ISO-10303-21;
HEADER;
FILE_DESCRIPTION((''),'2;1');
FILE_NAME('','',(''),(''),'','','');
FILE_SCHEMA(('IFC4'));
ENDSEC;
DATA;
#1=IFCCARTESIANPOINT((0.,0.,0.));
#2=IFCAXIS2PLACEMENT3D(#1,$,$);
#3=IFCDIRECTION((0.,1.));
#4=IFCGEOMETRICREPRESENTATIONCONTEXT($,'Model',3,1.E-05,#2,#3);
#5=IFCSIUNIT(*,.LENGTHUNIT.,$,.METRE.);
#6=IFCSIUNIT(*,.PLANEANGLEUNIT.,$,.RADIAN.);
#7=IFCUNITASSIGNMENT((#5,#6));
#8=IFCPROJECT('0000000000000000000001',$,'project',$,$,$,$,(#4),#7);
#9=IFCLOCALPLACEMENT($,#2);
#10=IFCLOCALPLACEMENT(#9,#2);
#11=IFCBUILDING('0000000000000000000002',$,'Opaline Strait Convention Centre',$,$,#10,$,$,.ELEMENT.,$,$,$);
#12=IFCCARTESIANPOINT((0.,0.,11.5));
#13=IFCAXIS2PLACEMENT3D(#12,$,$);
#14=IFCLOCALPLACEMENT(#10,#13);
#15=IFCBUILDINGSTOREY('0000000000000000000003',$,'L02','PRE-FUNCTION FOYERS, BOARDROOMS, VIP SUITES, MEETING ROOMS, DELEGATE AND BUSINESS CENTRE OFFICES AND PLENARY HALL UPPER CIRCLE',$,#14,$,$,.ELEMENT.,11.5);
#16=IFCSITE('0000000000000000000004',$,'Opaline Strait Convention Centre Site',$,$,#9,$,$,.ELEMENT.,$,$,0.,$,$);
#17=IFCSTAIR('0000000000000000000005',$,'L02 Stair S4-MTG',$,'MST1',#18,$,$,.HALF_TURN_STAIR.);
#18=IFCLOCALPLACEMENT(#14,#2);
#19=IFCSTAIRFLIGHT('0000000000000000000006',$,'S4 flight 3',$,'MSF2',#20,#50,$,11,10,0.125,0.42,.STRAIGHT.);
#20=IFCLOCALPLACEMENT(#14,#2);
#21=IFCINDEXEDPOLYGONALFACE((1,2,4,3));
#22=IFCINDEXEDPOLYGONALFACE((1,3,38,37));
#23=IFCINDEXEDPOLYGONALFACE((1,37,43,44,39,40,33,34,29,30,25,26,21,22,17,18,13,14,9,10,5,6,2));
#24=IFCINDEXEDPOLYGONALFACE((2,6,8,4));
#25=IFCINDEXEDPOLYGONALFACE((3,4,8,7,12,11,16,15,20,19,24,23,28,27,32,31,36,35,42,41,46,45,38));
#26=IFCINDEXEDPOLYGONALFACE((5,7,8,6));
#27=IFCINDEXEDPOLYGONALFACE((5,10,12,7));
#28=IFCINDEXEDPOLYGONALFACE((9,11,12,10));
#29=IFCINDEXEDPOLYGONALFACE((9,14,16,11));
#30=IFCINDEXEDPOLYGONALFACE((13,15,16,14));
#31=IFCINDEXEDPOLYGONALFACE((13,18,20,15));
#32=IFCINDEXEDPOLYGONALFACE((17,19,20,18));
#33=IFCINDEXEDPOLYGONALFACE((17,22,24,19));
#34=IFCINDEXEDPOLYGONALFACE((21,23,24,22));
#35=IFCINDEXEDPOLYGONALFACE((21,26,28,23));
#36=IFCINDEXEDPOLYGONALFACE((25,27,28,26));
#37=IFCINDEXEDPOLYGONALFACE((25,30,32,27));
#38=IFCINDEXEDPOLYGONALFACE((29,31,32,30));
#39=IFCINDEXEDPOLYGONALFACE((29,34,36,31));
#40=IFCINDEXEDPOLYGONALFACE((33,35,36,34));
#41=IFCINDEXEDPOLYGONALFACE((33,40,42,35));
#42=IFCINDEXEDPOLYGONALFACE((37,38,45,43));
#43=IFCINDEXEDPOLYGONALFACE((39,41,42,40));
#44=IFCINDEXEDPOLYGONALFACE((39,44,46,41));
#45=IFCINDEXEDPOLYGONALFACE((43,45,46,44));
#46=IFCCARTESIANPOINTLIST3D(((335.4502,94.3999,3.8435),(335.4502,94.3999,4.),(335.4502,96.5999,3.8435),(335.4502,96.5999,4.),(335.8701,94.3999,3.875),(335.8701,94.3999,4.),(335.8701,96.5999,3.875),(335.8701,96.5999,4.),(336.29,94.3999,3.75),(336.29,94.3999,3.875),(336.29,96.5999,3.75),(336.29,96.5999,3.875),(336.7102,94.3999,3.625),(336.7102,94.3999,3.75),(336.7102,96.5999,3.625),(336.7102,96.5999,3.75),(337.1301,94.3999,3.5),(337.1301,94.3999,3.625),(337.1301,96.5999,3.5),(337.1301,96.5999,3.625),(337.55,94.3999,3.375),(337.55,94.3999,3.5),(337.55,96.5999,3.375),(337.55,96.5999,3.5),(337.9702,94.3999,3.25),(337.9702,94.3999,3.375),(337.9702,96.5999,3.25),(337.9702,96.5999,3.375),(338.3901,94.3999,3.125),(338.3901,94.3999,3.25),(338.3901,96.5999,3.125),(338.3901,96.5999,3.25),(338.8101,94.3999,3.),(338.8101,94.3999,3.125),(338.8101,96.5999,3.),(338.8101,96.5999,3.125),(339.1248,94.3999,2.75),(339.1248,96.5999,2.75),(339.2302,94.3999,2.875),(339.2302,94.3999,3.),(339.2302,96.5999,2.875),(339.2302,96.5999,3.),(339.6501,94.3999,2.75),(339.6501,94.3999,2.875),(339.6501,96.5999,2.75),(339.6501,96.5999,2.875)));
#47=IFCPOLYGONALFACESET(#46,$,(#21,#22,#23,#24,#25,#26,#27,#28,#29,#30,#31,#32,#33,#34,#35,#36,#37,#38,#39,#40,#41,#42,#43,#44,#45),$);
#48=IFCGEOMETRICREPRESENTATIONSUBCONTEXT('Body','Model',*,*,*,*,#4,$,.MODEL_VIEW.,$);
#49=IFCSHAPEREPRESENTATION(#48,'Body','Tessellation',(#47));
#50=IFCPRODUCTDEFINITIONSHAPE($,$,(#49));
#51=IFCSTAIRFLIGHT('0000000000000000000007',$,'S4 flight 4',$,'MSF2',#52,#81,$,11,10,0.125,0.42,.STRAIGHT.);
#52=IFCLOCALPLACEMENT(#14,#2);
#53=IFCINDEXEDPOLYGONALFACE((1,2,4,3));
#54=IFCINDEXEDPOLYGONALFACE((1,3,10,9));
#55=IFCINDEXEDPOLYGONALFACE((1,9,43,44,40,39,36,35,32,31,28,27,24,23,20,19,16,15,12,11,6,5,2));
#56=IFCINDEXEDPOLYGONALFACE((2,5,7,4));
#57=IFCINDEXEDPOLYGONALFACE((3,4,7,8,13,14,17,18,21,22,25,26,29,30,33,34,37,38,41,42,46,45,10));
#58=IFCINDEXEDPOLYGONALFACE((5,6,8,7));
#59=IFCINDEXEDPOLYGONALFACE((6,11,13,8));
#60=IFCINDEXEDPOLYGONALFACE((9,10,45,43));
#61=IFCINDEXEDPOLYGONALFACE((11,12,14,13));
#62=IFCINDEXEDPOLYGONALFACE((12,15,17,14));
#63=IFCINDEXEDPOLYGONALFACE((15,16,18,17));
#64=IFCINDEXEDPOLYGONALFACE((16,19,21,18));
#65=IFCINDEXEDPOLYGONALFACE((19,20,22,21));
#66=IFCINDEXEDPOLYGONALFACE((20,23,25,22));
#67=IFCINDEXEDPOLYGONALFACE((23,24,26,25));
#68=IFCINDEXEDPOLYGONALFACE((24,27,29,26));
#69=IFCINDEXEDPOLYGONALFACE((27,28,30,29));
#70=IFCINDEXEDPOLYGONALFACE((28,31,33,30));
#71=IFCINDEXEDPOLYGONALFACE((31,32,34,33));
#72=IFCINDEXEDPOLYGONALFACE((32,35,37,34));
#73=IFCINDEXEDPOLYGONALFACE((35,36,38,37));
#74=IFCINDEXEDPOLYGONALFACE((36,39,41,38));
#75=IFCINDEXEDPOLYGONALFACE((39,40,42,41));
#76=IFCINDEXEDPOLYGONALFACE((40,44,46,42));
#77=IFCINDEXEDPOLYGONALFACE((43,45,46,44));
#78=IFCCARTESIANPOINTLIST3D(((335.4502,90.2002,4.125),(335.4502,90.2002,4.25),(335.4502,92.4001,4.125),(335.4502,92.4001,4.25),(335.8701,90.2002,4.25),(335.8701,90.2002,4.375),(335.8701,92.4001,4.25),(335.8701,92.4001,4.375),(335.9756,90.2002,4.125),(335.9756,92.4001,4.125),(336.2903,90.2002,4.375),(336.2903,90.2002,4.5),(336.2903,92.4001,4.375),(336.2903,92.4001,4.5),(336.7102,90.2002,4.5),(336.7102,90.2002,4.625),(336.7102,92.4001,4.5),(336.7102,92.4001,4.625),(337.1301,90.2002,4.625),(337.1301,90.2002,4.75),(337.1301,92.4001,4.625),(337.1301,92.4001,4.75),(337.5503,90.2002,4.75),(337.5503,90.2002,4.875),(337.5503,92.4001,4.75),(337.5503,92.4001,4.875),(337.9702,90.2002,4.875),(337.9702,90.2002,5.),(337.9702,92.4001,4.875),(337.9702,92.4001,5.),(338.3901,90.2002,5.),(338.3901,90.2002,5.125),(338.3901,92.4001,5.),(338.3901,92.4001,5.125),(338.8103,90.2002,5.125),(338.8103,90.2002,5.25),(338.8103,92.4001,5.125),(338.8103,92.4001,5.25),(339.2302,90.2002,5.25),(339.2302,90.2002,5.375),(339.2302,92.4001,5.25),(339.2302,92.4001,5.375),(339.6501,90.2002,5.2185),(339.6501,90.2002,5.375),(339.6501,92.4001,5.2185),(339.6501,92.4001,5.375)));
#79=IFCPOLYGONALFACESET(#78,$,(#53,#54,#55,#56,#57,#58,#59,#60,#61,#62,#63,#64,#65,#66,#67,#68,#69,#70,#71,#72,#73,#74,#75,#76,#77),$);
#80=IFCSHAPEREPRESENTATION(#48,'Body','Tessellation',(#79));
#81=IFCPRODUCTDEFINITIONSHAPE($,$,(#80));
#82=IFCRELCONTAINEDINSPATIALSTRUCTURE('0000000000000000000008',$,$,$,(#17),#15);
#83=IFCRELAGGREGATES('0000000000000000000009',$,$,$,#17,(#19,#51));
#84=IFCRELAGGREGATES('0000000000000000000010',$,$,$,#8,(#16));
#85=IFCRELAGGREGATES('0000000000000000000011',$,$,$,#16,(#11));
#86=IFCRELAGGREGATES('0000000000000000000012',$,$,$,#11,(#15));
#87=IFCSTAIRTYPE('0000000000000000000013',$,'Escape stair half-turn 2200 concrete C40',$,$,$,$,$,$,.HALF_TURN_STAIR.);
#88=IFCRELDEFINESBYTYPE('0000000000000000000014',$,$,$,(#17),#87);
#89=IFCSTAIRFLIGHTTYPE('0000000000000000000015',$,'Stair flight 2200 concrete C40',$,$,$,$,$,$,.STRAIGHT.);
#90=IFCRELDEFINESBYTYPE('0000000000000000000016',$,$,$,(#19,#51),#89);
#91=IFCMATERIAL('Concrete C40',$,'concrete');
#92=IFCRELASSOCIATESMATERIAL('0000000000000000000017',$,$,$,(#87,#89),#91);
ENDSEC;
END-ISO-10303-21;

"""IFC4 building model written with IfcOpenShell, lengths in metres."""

from ifc_helpers import new_model, si_unit, direction, frame, origin, place, context, subcontext, project, spatial, polyline, outline, extrude, material, type_object, element, aggregate, save


model = new_model("IFC4")

# Units and contexts
model_context = context("Model", 3, precision=1e-05, world=origin(), true_north=direction((0.0, 1.0)))
body_context = subcontext(model_context, "Body", "Model", "MODEL_VIEW")
ifc_project = project(units=[si_unit("LENGTHUNIT", "METRE"), si_unit("PLANEANGLEUNIT", "RADIAN")], contexts=[model_context])

# Site, building, storey
site_placement = place(None, origin())
site = spatial("IfcSite", under=ifc_project, at=site_placement, Name="Opaline Strait Convention Centre Site", CompositionType="ELEMENT", RefElevation=0.0)
building_placement = place(site_placement, origin())
building = spatial("IfcBuilding", under=site, at=building_placement, Name="Opaline Strait Convention Centre", CompositionType="ELEMENT")
storey_placement = place(building_placement, frame((0.0, 0.0, 11.5)))
storey = spatial("IfcBuildingStorey", under=building, at=storey_placement, Name="L02", Description="PRE-FUNCTION FOYERS, BOARDROOMS, VIP SUITES, MEETING ROOMS, DELEGATE AND BUSINESS CENTRE OFFICES AND PLENARY HALL UPPER CIRCLE", CompositionType="ELEMENT", Elevation=11.5)

# Shared definitions
ifc_material_1 = material(Name="Concrete C40", Category="concrete")

# Stair, stair flights
stair_type = type_object("IfcStairType", Name="Escape stair half-turn 2200 concrete C40", PredefinedType="HALF_TURN_STAIR", material=ifc_material_1)
stair_placement = place(storey_placement, origin())
stair = element("IfcStair", 1, at=stair_placement, inside=storey, type_object=stair_type, Name="L02 Stair S4-MTG", ObjectType="MST1", PredefinedType="HALF_TURN_STAIR")
stair_flight_type = type_object("IfcStairFlightType", Name="Stair flight 2200 concrete C40", PredefinedType="STRAIGHT", material=ifc_material_1)
stair_flight_1_placement = place(storey_placement, frame((339.6501, 95.5, 2.75), z_axis=(0.0, 0.0, 1.0), x_axis=(-1.0, 0.0, 0.0)))
stair_flight_1 = element("IfcStairFlight", 2, at=stair_flight_1_placement, type_object=stair_flight_type, Name="S4 flight 3", ObjectType="MSF2", NumberOfRisers=11, NumberOfTreads=10, PredefinedType="STRAIGHT", RiserHeight=0.125, TreadLength=0.42, context=body_context, shape_type="SweptSolid", body=[
    extrude(outline(polyline([(0.0, 0.0), (0.0, 0.125), (0.4199, 0.125), (0.4199, 0.25), (0.8401, 0.25), (0.8401, 0.375), (1.26, 0.375), (1.26, 0.5), (1.6799, 0.5), (1.6799, 0.625), (2.1001, 0.625), (2.1001, 0.75), (2.52, 0.75), (2.52, 0.875), (2.9399, 0.875), (2.9399, 1.0), (3.3601, 1.0), (3.3601, 1.125), (3.78, 1.125), (3.78, 1.25), (4.2, 1.25), (4.2, 1.375), (4.2, 1.0935), (0.5254, 0.0), (0.0, 0.0)])), frame((0.0, 1.1001, 0.0), z_axis=(0.0, -1.0, 0.0), x_axis=(1.0, 0.0, 0.0)), (0.0, 0.0, 1.0), 2.2),
])
stair_flight_2_placement = place(storey_placement, frame((335.4502, 91.3, 4.125), z_axis=(0.0, 0.0, 1.0), x_axis=(1.0, 0.0, 0.0)))
stair_flight_2 = element("IfcStairFlight", 3, at=stair_flight_2_placement, type_object=stair_flight_type, Name="S4 flight 4", ObjectType="MSF2", NumberOfRisers=11, NumberOfTreads=10, PredefinedType="STRAIGHT", RiserHeight=0.125, TreadLength=0.42, context=body_context, shape_type="SweptSolid", body=[
    extrude(outline(polyline([(0.0, 0.0), (0.0, 0.125), (0.4199, 0.125), (0.4199, 0.25), (0.8401, 0.25), (0.8401, 0.375), (1.26, 0.375), (1.26, 0.5), (1.6799, 0.5), (1.6799, 0.625), (2.1001, 0.625), (2.1001, 0.75), (2.52, 0.75), (2.52, 0.875), (2.9399, 0.875), (2.9399, 1.0), (3.3601, 1.0), (3.3601, 1.125), (3.78, 1.125), (3.78, 1.25), (4.2, 1.25), (4.2, 1.375), (4.2, 1.0935), (0.5254, 0.0), (0.0, 0.0)])), frame((0.0, 1.1001, 0.0), z_axis=(0.0, -1.0, 0.0), x_axis=(1.0, 0.0, 0.0)), (0.0, 0.0, 1.0), 2.2),
])
aggregate(stair, [stair_flight_1, stair_flight_2])

save(model, "model.ifc")
